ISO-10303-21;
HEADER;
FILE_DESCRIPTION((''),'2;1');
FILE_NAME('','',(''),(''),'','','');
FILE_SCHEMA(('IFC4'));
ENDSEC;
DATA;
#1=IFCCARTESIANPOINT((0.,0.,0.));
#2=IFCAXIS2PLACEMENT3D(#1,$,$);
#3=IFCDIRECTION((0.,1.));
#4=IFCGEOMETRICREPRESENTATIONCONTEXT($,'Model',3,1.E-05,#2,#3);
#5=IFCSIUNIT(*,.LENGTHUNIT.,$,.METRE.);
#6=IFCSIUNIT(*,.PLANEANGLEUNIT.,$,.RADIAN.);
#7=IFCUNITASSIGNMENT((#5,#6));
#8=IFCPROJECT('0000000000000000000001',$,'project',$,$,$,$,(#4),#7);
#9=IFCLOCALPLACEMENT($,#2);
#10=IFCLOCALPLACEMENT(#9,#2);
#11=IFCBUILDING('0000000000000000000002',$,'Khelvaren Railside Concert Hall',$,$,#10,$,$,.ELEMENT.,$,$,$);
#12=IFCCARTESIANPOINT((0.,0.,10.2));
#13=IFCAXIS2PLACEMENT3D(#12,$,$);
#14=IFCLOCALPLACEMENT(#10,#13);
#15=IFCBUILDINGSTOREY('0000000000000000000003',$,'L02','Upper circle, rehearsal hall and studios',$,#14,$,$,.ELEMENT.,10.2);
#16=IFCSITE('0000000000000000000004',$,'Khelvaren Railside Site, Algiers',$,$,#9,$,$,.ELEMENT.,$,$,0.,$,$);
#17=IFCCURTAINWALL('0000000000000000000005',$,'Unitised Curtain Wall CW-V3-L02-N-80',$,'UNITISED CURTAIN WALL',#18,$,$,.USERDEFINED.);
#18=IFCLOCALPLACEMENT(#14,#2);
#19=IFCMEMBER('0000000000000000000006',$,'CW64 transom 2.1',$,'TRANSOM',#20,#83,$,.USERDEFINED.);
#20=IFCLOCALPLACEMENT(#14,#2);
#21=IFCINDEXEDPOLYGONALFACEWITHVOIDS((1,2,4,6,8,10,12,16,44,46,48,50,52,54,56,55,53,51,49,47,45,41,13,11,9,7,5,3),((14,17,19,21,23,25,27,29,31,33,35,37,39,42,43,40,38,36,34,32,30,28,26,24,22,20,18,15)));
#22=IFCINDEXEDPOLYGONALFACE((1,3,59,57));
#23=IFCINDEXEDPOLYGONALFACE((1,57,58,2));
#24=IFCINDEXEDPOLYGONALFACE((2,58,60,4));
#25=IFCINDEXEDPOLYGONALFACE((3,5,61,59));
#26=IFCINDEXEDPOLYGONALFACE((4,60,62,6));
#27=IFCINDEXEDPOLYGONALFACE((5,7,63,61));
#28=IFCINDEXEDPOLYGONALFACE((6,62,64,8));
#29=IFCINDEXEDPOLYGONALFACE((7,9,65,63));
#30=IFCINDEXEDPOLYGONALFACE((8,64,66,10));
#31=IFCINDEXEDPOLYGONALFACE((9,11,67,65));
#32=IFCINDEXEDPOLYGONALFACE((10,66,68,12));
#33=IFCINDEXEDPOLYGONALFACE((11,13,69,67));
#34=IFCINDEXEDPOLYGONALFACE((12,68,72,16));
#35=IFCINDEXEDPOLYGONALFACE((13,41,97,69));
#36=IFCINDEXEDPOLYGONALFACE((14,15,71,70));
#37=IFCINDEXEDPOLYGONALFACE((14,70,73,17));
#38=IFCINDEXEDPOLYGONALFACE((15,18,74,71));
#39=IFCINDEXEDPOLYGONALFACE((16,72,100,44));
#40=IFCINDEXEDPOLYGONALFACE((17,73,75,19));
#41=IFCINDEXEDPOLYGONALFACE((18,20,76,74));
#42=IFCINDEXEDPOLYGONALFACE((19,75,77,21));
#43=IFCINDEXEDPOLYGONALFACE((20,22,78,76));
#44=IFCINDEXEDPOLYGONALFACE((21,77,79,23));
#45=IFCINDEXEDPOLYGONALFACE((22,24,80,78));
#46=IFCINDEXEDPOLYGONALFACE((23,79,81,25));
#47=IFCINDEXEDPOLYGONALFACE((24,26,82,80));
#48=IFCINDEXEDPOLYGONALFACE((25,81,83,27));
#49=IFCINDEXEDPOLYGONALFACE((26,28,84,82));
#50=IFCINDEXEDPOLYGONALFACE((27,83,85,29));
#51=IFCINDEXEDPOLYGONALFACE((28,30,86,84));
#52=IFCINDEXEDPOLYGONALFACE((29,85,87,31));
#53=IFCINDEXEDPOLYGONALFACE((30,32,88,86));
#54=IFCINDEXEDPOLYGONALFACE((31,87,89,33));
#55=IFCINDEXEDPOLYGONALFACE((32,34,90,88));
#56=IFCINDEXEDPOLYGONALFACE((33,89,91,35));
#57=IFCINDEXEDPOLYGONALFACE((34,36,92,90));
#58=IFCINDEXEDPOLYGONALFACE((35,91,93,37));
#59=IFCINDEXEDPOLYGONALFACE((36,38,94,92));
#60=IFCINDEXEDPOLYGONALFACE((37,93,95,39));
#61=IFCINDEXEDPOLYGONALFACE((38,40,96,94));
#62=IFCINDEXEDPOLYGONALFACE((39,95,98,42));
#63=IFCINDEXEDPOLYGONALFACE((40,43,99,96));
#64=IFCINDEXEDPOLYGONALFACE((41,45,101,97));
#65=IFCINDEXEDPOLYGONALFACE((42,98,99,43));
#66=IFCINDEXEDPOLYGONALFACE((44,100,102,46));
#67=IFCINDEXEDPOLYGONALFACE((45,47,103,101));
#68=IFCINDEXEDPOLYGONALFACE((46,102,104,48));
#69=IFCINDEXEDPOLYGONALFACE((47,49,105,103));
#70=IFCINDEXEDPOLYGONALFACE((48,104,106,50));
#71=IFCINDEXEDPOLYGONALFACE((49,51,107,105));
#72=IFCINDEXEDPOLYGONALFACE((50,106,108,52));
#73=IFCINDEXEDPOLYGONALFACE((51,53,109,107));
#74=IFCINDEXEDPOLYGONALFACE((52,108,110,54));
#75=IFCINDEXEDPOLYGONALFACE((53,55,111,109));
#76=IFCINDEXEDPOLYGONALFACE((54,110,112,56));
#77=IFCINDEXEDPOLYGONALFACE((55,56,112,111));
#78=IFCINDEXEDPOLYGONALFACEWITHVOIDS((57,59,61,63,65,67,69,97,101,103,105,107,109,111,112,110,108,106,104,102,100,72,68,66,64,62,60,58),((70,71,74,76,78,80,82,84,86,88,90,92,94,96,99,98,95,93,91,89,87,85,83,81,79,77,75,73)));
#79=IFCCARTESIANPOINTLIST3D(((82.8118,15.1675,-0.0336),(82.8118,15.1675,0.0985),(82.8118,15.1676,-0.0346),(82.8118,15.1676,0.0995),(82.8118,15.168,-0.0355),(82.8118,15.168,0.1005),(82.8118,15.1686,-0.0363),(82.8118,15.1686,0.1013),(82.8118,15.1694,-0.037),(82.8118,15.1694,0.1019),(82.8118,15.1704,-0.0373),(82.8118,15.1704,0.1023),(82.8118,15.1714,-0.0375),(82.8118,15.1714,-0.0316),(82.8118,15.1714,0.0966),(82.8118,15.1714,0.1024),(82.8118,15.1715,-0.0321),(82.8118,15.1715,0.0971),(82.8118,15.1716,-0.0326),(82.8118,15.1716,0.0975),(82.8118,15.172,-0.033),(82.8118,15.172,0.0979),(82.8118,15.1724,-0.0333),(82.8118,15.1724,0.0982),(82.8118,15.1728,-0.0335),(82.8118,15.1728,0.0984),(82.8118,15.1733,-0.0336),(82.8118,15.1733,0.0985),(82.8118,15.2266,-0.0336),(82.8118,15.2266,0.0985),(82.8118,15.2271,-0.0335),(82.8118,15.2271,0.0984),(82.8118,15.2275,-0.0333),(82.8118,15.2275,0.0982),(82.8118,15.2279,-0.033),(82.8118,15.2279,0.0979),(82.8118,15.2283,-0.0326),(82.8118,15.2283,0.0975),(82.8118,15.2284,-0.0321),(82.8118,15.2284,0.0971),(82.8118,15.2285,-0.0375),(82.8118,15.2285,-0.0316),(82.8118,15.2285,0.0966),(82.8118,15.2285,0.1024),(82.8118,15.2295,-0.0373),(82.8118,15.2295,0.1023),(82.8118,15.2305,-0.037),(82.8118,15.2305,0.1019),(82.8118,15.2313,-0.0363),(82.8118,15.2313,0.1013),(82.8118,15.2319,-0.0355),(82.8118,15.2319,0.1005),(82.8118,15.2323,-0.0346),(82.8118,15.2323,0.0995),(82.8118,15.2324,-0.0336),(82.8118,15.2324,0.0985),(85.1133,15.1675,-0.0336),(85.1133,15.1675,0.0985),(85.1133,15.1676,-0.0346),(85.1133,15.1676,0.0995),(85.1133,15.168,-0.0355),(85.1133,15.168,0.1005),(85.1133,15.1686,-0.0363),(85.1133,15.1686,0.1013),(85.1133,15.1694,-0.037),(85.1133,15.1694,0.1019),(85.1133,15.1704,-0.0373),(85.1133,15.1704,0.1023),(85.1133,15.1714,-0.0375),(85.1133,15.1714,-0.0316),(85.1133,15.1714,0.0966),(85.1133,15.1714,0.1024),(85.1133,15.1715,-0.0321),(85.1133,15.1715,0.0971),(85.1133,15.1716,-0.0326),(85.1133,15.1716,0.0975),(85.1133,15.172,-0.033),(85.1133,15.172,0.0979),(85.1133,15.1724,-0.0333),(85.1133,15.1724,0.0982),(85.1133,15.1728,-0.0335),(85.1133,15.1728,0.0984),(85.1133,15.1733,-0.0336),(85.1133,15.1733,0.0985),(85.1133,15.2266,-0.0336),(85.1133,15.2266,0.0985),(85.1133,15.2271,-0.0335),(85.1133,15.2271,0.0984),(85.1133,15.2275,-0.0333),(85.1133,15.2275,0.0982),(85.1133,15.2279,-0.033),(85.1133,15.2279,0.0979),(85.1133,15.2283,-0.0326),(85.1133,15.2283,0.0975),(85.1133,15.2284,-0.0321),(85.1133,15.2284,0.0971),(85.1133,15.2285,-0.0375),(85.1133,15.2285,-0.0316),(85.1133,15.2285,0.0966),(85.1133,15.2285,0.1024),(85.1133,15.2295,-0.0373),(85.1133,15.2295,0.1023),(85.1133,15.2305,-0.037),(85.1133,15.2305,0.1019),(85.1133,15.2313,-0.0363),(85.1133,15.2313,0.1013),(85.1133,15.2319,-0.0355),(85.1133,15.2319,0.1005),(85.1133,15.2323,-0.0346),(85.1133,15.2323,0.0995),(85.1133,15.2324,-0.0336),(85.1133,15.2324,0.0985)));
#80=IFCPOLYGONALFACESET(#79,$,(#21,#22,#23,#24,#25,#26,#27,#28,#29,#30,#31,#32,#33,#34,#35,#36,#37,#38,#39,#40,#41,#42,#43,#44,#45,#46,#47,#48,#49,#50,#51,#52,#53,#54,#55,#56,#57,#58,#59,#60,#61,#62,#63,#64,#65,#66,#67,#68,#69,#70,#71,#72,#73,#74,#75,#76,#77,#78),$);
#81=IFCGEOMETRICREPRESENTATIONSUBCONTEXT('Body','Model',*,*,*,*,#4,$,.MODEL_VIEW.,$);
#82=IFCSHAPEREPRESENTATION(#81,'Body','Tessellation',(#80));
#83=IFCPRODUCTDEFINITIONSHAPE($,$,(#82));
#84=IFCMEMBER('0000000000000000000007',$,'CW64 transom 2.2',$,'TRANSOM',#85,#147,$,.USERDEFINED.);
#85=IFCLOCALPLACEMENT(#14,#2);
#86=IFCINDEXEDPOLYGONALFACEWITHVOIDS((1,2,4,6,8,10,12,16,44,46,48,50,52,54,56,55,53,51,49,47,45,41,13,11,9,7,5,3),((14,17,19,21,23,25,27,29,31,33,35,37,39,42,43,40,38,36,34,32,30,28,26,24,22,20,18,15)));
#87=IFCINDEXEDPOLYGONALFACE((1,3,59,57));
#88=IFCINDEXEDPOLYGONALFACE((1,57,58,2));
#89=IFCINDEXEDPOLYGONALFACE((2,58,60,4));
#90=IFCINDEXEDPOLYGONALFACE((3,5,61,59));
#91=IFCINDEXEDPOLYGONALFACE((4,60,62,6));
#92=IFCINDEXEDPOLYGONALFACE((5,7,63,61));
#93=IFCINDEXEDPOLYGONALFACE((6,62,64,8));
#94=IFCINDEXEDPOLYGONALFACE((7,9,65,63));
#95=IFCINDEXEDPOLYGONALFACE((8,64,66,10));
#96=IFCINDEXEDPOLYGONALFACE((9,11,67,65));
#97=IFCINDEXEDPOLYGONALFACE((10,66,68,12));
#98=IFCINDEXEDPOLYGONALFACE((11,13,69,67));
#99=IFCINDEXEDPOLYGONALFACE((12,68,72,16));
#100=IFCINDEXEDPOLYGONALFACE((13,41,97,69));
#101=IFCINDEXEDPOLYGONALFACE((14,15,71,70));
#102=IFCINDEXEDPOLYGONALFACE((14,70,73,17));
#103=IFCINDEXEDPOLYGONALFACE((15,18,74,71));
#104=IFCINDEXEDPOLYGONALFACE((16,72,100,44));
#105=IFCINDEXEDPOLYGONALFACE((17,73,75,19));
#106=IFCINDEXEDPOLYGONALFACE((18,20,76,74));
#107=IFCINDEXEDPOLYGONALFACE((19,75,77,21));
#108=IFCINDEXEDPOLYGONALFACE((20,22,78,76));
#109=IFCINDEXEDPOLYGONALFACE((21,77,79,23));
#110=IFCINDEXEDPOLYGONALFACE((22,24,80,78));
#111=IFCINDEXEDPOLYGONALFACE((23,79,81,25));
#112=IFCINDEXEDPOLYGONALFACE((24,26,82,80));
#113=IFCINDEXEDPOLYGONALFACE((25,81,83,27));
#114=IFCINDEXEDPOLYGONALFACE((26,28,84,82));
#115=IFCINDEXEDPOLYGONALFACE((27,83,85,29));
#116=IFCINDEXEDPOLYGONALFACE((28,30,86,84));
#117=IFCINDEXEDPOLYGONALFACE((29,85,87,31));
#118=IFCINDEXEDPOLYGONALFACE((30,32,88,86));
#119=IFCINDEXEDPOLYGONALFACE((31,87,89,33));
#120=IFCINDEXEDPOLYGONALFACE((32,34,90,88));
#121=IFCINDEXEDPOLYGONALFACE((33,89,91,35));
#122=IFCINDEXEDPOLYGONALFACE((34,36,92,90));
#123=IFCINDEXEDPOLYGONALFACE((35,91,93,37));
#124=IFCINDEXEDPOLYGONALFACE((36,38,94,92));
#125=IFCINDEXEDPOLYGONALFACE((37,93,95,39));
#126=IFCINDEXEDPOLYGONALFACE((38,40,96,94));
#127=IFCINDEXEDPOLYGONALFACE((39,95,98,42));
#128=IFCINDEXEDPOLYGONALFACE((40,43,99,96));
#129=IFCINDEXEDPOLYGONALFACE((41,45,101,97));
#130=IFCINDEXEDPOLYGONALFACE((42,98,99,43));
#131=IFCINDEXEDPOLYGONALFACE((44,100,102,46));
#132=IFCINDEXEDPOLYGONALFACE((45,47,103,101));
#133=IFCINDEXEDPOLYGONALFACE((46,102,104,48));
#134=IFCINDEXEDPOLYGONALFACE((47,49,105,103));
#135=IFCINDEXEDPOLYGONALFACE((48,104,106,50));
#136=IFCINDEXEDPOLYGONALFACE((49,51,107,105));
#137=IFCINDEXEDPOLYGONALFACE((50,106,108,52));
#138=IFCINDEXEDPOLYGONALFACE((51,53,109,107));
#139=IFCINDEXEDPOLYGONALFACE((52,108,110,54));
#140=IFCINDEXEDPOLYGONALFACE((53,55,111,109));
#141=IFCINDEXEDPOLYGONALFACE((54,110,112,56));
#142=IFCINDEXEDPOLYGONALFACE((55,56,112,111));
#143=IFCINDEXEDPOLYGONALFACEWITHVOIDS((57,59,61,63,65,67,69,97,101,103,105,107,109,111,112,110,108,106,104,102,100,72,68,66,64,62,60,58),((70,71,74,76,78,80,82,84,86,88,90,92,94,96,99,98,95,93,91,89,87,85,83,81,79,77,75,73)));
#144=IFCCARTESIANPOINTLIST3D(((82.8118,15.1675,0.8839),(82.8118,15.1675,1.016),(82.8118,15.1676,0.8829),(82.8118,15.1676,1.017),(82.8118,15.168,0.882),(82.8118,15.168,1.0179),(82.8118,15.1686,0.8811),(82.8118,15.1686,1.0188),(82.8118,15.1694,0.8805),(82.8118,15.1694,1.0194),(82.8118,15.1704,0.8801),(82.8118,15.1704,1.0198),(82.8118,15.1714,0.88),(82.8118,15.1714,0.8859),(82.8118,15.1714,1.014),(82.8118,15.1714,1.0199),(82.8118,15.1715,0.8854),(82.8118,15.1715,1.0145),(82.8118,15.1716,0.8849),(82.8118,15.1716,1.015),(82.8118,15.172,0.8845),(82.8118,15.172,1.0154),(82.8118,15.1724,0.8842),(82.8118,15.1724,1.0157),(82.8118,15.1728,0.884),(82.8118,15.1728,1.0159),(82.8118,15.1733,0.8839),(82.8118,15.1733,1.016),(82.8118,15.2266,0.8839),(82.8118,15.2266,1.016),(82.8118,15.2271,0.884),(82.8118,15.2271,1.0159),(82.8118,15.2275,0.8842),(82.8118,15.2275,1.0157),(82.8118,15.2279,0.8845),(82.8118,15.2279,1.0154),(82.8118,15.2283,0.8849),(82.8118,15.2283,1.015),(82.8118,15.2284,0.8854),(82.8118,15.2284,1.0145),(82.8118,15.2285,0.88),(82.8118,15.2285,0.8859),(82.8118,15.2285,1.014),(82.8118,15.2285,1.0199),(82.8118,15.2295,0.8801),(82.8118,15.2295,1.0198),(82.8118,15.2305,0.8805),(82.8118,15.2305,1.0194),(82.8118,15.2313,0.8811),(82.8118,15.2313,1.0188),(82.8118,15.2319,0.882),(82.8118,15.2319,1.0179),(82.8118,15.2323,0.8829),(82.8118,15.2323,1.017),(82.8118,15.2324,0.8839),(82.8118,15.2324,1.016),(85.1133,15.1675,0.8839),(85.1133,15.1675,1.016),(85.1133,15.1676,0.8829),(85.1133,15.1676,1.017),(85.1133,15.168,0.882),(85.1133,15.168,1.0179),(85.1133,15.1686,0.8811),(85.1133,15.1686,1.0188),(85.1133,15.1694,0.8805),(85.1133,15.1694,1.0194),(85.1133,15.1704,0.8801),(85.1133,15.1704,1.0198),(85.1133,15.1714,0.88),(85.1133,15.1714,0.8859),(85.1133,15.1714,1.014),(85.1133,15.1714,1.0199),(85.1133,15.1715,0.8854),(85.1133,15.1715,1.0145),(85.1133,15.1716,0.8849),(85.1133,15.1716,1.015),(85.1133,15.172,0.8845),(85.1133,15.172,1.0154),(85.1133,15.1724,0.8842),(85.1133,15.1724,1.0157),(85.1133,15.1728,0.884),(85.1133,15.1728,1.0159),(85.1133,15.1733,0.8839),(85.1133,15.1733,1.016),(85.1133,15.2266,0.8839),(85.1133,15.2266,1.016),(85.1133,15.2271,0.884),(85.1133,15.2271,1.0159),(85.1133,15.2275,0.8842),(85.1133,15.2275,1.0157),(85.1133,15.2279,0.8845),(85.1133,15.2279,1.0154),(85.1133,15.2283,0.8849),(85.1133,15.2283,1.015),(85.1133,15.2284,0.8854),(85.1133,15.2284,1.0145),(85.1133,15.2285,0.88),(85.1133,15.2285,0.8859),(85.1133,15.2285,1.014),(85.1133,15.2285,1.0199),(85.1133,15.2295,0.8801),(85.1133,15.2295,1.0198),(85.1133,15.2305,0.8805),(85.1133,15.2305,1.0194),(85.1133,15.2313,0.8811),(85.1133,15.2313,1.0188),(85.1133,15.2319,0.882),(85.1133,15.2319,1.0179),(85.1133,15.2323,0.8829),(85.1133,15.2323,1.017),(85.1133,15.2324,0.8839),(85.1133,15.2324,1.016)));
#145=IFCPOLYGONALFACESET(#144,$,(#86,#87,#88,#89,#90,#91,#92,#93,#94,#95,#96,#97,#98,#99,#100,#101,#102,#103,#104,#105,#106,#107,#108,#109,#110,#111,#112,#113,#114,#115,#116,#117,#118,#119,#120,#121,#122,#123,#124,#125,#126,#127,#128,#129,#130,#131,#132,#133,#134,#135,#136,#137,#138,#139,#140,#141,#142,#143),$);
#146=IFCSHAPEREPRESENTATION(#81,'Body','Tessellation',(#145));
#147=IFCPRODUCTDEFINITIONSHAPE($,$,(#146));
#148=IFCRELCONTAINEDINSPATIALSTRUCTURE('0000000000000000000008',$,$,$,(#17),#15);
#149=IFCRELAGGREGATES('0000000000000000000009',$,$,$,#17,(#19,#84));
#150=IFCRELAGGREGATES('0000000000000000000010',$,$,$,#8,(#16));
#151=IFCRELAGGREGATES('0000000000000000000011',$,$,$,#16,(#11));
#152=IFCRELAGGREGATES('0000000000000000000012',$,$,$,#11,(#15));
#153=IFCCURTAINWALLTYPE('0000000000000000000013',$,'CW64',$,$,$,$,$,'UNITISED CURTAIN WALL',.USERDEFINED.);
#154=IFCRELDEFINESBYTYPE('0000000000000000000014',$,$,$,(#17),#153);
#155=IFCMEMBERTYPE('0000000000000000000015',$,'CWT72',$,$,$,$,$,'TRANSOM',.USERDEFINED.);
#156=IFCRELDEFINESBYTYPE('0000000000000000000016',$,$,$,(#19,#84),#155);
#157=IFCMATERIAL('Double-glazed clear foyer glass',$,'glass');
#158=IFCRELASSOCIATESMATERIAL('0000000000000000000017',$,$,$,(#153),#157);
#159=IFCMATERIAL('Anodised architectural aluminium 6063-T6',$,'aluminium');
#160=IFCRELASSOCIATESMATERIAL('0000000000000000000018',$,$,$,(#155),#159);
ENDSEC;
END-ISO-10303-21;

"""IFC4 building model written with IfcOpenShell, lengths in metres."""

from ifc_helpers import new_model, si_unit, direction, frame, origin, origin_2d, place, context, subcontext, project, spatial, hollow_rectangle, extrude, material, material_profile, profile_set, type_object, element, aggregate, save


model = new_model("IFC4")

# Units and contexts
model_context = context("Model", 3, precision=1e-05, world=origin(), true_north=direction((0.0, 1.0)))
body_context = subcontext(model_context, "Body", "Model", "MODEL_VIEW")
ifc_project = project(units=[si_unit("LENGTHUNIT", "METRE"), si_unit("PLANEANGLEUNIT", "RADIAN")], contexts=[model_context])

# Site, building, storey
site_placement = place(None, origin())
site = spatial("IfcSite", under=ifc_project, at=site_placement, Name="Khelvaren Railside Site, Algiers", CompositionType="ELEMENT", RefElevation=0.0)
building_placement = place(site_placement, origin())
building = spatial("IfcBuilding", under=site, at=building_placement, Name="Khelvaren Railside Concert Hall", CompositionType="ELEMENT")
storey_placement = place(building_placement, frame((0.0, 0.0, 10.2)))
storey = spatial("IfcBuildingStorey", under=building, at=storey_placement, Name="L02", Description="Upper circle, rehearsal hall and studios", CompositionType="ELEMENT", Elevation=10.2)

# Curtain wall, members
ifc_material_1 = material(Name="Double-glazed clear foyer glass", Category="glass")
curtain_wall_type = type_object("IfcCurtainWallType", Name="CW64", ElementType="UNITISED CURTAIN WALL", PredefinedType="USERDEFINED", material=ifc_material_1)
curtain_wall_placement = place(storey_placement, origin())
curtain_wall = element("IfcCurtainWall", 1, at=curtain_wall_placement, inside=storey, type_object=curtain_wall_type, Name="Unitised Curtain Wall CW-V3-L02-N-80", ObjectType="UNITISED CURTAIN WALL", PredefinedType="USERDEFINED")
ifc_material_2 = material(Name="Anodised architectural aluminium 6063-T6", Category="aluminium")
ifc_material_profile_1 = material_profile(ifc_material_2, hollow_rectangle(XDim=0.0649, YDim=0.1399, WallThickness=0.0039, InnerFilletRadius=0.002, OuterFilletRadius=0.0039, at=origin_2d()), Name="CWT 65x140x4")
ifc_profile_set_1 = profile_set([ifc_material_profile_1], Name="Anodised architectural aluminium 6063-T6")
member_type_1 = type_object("IfcMemberType", Name="CWT72", ElementType="TRANSOM", PredefinedType="USERDEFINED", material=ifc_profile_set_1)
member_1_placement = place(storey_placement, frame((82.8118, 15.2, 0.0325), z_axis=(1.0, 0.0, 0.0), x_axis=(0.0, 1.0, 0.0)))
member_1 = element("IfcMember", 2, at=member_1_placement, type_object=member_type_1, Name="CW64 transom 2.1", ObjectType="TRANSOM", PredefinedType="USERDEFINED", context=body_context, shape_type="SweptSolid", body=[
    extrude(hollow_rectangle(XDim=0.0649, YDim=0.1399, WallThickness=0.0039, InnerFilletRadius=0.002, OuterFilletRadius=0.0039, at=origin_2d()), origin(), (0.0, 0.0, 1.0), 2.3015),
])
member_2_placement = place(storey_placement, frame((82.8118, 15.2, 0.95), z_axis=(1.0, 0.0, 0.0), x_axis=(0.0, 1.0, 0.0)))
member_2 = element("IfcMember", 3, at=member_2_placement, type_object=member_type_1, Name="CW64 transom 2.2", ObjectType="TRANSOM", PredefinedType="USERDEFINED", context=body_context, shape_type="SweptSolid", body=[
    extrude(hollow_rectangle(XDim=0.0649, YDim=0.1399, WallThickness=0.0039, InnerFilletRadius=0.002, OuterFilletRadius=0.0039, at=origin_2d()), origin(), (0.0, 0.0, 1.0), 2.3015),
])
aggregate(curtain_wall, [member_1, member_2])

save(model, "model.ifc")
